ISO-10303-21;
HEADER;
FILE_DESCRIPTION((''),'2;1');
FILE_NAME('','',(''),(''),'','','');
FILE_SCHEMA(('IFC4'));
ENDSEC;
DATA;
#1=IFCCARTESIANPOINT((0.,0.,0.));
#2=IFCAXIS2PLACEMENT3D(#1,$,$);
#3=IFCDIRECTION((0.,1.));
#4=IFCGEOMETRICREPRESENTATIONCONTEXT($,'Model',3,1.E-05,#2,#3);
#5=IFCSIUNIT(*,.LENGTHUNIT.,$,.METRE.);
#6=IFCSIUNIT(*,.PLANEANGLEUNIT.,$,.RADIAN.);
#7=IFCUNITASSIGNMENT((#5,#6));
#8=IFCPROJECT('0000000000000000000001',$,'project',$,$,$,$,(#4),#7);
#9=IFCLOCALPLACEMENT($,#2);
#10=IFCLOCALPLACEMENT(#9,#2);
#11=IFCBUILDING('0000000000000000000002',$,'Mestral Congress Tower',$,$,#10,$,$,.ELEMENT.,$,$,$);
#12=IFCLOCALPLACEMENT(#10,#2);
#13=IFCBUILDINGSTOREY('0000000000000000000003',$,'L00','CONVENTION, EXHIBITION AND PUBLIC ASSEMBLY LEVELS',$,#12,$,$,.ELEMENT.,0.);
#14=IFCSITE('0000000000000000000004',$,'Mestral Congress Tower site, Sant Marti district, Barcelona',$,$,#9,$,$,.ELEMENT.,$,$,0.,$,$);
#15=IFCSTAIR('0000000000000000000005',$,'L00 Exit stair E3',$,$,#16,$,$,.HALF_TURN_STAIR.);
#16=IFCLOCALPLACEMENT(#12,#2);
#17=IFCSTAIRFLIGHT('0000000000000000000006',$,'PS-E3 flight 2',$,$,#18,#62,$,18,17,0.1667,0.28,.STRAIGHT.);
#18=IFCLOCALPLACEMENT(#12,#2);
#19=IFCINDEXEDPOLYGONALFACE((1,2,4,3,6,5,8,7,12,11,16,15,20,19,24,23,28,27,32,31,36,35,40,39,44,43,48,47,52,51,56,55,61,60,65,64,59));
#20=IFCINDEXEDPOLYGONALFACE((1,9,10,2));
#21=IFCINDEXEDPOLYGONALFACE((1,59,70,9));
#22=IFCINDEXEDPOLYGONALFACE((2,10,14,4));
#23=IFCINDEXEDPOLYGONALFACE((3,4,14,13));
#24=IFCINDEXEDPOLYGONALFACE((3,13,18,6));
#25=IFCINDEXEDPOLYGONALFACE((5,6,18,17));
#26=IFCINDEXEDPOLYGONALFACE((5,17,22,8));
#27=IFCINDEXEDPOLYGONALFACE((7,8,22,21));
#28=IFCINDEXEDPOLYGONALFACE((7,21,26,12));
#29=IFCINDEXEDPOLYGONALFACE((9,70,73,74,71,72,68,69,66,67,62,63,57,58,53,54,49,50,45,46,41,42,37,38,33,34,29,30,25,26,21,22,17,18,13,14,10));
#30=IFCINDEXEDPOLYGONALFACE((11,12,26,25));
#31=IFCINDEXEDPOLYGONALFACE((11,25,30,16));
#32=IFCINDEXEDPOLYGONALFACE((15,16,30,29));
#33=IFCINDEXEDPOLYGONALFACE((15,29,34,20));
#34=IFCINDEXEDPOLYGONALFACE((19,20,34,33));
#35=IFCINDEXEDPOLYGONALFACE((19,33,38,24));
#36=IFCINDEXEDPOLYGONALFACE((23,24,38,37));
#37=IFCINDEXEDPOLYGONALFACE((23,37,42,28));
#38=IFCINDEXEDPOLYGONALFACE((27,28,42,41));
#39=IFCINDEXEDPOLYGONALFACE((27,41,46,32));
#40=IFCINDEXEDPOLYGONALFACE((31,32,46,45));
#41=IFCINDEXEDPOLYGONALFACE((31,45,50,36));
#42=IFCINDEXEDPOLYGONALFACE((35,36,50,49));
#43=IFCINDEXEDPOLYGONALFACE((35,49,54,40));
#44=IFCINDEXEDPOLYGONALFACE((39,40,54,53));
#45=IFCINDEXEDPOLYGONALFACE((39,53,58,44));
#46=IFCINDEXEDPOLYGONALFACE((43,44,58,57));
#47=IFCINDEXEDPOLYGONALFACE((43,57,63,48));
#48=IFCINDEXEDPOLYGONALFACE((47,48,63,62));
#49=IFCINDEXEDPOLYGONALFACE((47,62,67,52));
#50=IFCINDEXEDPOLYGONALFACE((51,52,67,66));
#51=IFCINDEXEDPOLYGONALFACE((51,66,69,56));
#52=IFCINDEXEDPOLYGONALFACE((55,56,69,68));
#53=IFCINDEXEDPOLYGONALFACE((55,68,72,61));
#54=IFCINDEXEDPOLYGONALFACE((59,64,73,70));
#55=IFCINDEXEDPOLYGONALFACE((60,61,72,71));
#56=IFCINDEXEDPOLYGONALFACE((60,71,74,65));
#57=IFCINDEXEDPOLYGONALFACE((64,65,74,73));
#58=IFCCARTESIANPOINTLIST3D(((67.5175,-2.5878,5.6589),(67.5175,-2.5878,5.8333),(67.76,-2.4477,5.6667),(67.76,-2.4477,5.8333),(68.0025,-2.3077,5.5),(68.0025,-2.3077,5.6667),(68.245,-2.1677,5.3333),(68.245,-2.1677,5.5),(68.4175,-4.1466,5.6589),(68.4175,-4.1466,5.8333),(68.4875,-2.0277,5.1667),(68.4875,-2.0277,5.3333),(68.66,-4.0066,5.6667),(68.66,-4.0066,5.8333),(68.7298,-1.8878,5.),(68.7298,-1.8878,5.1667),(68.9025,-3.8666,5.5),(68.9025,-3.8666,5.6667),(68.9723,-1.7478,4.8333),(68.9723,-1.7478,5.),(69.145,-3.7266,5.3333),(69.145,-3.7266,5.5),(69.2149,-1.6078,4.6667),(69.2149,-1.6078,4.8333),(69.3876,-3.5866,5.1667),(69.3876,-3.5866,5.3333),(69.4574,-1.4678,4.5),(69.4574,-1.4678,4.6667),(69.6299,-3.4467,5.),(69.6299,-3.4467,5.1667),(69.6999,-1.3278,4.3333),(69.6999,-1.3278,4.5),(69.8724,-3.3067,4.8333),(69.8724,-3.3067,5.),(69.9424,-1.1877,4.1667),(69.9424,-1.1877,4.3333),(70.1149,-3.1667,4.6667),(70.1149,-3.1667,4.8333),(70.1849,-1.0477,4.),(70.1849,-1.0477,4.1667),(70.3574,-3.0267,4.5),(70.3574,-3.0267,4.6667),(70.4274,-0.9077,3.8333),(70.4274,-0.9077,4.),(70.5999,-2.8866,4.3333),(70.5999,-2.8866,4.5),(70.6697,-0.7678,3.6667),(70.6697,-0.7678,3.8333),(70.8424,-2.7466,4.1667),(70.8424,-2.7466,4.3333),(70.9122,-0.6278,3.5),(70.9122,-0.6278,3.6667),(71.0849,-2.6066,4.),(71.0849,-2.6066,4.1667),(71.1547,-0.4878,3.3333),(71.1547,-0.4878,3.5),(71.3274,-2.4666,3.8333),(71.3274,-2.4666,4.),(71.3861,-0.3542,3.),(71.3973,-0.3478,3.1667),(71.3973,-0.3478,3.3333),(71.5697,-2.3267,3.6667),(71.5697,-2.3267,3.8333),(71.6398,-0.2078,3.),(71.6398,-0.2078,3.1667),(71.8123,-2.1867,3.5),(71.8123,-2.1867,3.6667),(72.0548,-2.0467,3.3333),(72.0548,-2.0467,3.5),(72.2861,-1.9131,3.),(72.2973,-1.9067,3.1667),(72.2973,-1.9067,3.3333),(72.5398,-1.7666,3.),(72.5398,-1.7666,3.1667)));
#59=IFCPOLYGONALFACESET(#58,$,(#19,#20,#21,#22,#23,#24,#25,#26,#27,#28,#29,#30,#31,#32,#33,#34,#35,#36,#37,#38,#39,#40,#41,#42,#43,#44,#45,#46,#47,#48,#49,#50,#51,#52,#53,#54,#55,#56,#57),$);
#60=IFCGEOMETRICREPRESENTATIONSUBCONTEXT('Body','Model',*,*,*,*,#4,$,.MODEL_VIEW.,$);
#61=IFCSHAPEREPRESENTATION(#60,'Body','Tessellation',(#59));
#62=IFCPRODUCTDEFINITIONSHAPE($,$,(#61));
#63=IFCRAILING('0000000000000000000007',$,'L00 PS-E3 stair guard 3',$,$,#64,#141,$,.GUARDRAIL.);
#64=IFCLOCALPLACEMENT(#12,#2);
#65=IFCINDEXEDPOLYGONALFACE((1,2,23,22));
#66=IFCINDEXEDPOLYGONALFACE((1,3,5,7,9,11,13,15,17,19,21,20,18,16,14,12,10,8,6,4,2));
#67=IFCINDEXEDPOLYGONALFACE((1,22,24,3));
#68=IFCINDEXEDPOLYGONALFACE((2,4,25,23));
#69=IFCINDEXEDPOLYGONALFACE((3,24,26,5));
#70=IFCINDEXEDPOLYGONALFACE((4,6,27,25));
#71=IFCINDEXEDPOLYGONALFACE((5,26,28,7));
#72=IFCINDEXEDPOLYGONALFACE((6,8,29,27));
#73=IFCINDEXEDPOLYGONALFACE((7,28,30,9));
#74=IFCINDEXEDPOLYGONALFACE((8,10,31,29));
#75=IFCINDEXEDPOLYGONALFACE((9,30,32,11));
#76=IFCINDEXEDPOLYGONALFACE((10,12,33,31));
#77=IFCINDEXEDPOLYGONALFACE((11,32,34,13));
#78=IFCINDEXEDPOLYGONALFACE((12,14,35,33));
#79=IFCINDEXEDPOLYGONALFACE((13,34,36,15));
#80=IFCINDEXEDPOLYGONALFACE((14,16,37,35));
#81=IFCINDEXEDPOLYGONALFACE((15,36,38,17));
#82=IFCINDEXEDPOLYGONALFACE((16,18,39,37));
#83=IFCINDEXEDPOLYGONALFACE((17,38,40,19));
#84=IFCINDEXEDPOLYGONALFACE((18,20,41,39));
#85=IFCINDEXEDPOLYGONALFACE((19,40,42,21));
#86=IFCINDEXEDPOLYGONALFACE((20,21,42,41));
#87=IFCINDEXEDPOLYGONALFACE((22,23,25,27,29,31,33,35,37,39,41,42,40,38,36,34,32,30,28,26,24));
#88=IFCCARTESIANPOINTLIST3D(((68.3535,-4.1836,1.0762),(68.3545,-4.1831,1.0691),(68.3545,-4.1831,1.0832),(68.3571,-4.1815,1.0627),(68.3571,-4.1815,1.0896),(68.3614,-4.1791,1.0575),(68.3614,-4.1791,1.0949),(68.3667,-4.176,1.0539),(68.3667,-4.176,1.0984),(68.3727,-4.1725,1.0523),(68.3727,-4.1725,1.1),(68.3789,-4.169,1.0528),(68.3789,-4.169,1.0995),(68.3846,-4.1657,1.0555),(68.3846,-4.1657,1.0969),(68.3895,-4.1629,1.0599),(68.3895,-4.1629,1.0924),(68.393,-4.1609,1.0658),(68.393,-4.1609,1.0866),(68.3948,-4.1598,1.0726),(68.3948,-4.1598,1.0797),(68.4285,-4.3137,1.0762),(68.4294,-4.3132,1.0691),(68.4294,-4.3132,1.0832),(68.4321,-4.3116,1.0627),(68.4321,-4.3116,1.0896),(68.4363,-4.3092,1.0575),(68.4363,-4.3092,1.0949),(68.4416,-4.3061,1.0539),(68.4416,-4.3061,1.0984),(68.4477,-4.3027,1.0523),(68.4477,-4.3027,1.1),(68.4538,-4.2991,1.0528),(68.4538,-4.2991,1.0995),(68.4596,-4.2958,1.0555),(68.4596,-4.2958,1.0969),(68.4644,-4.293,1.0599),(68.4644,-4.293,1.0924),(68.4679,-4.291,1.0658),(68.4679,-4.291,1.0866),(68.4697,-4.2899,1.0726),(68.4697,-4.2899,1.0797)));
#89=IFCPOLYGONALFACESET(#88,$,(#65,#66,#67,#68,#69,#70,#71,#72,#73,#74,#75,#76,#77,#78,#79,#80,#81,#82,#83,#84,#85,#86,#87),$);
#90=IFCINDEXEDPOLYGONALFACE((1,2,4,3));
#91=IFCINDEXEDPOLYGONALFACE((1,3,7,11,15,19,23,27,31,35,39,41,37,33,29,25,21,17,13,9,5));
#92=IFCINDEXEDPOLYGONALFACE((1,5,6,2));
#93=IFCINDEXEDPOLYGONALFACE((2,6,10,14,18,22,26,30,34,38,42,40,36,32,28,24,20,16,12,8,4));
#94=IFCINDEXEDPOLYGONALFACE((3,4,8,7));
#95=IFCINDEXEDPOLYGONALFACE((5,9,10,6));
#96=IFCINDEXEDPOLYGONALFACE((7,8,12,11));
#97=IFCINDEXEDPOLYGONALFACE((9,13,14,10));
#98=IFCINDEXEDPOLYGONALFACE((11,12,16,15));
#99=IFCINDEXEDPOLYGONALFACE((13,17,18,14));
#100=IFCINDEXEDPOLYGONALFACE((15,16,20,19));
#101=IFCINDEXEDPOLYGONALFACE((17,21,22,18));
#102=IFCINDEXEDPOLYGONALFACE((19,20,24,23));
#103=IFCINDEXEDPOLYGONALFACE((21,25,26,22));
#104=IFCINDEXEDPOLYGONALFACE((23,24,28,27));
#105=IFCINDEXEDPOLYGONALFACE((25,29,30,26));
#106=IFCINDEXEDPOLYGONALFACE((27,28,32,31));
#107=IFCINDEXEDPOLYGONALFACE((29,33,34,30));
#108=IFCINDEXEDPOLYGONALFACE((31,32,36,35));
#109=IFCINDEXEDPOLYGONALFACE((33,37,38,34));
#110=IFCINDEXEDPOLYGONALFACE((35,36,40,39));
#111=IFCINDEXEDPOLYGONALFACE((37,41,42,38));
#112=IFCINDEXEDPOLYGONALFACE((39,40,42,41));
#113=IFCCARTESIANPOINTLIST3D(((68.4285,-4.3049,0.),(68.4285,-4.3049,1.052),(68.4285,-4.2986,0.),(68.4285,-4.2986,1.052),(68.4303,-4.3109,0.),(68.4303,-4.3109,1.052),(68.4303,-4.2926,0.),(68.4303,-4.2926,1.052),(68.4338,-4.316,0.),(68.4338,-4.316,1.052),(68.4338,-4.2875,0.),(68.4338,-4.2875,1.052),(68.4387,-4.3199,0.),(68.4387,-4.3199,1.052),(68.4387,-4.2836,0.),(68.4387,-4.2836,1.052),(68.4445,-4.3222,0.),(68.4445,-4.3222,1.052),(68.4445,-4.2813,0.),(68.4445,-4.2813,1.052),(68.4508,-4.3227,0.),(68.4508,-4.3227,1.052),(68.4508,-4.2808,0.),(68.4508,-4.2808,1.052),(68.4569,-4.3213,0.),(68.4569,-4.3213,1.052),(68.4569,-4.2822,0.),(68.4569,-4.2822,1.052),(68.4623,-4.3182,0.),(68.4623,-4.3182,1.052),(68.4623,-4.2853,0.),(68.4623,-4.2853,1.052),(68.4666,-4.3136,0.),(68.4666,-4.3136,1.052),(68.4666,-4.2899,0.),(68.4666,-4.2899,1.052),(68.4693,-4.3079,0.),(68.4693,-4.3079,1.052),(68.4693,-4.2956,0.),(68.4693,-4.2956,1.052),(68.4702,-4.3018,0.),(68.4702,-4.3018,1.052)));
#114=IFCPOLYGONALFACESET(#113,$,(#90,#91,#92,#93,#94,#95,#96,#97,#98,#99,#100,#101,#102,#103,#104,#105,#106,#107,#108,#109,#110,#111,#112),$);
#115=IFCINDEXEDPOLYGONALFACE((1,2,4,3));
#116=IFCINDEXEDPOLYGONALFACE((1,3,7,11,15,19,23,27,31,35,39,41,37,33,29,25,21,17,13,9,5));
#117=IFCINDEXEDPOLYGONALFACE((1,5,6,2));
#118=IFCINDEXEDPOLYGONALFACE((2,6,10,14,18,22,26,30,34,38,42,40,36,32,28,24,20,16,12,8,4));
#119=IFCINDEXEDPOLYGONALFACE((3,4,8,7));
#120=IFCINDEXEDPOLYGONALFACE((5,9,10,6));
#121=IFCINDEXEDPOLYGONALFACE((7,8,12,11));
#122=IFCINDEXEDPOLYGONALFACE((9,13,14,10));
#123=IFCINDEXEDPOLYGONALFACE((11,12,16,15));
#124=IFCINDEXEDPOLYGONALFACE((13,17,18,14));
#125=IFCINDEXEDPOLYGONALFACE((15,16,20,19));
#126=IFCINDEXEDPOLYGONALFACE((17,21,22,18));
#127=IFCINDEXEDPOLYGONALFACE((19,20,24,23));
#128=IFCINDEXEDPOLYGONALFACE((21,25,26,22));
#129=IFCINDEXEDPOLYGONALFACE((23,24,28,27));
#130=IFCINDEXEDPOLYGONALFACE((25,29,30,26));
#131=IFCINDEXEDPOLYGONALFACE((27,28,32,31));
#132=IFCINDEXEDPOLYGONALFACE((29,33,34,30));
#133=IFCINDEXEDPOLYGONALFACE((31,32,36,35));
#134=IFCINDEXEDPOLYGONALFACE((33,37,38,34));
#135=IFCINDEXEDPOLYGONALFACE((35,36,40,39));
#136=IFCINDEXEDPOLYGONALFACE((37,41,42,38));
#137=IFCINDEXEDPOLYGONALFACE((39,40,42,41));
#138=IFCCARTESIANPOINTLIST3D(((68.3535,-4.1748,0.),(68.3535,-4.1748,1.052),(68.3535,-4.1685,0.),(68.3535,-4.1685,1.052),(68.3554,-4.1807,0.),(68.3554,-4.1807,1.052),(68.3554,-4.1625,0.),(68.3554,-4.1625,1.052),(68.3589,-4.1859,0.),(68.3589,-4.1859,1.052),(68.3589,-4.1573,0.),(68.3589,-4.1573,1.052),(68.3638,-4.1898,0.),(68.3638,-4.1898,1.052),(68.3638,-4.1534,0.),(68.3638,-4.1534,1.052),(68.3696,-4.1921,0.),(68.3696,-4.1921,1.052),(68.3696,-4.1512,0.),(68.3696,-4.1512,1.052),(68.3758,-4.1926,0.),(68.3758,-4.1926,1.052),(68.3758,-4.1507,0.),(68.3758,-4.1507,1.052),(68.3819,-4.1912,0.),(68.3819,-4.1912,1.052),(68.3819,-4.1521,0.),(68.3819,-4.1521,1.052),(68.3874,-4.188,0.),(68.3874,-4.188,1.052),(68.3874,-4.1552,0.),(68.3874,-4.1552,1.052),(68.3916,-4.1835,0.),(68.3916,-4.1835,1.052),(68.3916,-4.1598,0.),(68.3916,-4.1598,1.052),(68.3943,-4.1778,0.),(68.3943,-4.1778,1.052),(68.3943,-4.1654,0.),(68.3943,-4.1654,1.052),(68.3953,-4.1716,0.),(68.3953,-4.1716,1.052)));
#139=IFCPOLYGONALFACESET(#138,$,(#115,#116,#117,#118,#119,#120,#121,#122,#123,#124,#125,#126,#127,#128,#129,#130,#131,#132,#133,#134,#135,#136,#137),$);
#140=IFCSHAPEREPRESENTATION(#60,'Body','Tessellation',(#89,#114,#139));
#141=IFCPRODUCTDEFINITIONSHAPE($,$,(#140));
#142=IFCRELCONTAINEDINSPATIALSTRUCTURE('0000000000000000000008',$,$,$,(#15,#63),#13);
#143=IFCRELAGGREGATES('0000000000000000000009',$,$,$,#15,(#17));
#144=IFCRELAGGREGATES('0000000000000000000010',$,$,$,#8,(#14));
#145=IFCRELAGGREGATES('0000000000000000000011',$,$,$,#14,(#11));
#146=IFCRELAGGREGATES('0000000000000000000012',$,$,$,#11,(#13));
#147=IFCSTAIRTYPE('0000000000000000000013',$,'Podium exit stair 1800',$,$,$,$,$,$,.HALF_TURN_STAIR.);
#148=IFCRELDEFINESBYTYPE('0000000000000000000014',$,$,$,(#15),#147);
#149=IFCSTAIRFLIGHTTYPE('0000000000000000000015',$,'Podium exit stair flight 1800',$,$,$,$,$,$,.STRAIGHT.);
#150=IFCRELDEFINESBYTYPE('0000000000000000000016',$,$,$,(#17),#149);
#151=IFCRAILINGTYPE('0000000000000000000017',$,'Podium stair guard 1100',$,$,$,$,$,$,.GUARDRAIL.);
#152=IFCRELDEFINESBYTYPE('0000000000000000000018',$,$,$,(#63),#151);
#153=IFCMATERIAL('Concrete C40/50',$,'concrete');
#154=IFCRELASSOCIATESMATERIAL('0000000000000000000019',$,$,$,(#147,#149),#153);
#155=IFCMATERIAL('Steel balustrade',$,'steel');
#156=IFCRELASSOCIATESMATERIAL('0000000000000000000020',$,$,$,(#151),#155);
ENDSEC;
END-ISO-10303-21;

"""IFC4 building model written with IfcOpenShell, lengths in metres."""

from ifc_helpers import new_model, si_unit, direction, frame, origin, origin_2d, place, context, subcontext, project, spatial, polyline, circle, outline, extrude, material, type_object, element, aggregate, save


model = new_model("IFC4")

# Units and contexts
model_context = context("Model", 3, precision=1e-05, world=origin(), true_north=direction((0.0, 1.0)))
body_context = subcontext(model_context, "Body", "Model", "MODEL_VIEW")
ifc_project = project(units=[si_unit("LENGTHUNIT", "METRE"), si_unit("PLANEANGLEUNIT", "RADIAN")], contexts=[model_context])

# Site, building, storey
site_placement = place(None, origin())
site = spatial("IfcSite", under=ifc_project, at=site_placement, Name="Mestral Congress Tower site, Sant Marti district, Barcelona", CompositionType="ELEMENT", RefElevation=0.0)
building_placement = place(site_placement, origin())
building = spatial("IfcBuilding", under=site, at=building_placement, Name="Mestral Congress Tower", CompositionType="ELEMENT")
storey_placement = place(building_placement, origin())
storey = spatial("IfcBuildingStorey", under=building, at=storey_placement, Name="L00", Description="CONVENTION, EXHIBITION AND PUBLIC ASSEMBLY LEVELS", CompositionType="ELEMENT", Elevation=0.0)

# Stair, stair flight
ifc_material_1 = material(Name="Concrete C40/50", Category="concrete")
stair_type = type_object("IfcStairType", Name="Podium exit stair 1800", PredefinedType="HALF_TURN_STAIR", material=ifc_material_1)
stair_placement = place(storey_placement, origin())
stair = element("IfcStair", 1, at=stair_placement, inside=storey, type_object=stair_type, Name="L00 Exit stair E3", PredefinedType="HALF_TURN_STAIR")
stair_flight_type = type_object("IfcStairFlightType", Name="Podium exit stair flight 1800", PredefinedType="STRAIGHT", material=ifc_material_1)
stair_flight_1_placement = place(storey_placement, frame((72.0898, -0.9873, 3.0), z_axis=(0.0, 0.0, 1.0), x_axis=(-0.866025, -0.5, 0.0)))
stair_flight_1 = element("IfcStairFlight", 2, at=stair_flight_1_placement, type_object=stair_flight_type, Name="PS-E3 flight 2", NumberOfRisers=18, NumberOfTreads=17, PredefinedType="STRAIGHT", RiserHeight=0.1667, TreadLength=0.28, context=body_context, shape_type="SweptSolid", body=[
    extrude(outline(polyline([(0.0, 0.0), (0.0, 0.1667), (0.28, 0.1667), (0.28, 0.3333), (0.5601, 0.3333), (0.5601, 0.5), (0.8401, 0.5), (0.8401, 0.6667), (1.1201, 0.6667), (1.1201, 0.8333), (1.3999, 0.8333), (1.3999, 1.0), (1.6799, 1.0), (1.6799, 1.1667), (1.96, 1.1667), (1.96, 1.3333), (2.24, 1.3333), (2.24, 1.5), (2.52, 1.5), (2.52, 1.6667), (2.8, 1.6667), (2.8, 1.8333), (3.0801, 1.8333), (3.0801, 2.0), (3.3601, 2.0), (3.3601, 2.1667), (3.6399, 2.1667), (3.6399, 2.3333), (3.9199, 2.3333), (3.9199, 2.5), (4.2, 2.5), (4.2, 2.6667), (4.48, 2.6667), (4.48, 2.8333), (4.76, 2.8333), (4.76, 3.0), (4.76, 2.6589), (0.293, 0.0), (0.0, 0.0)])), frame((0.0, 0.8999, 0.0), z_axis=(0.0, -1.0, 0.0), x_axis=(1.0, 0.0, 0.0)), (0.0, 0.0, 1.0), 1.8),
])
aggregate(stair, [stair_flight_1])

# Railing
ifc_material_2 = material(Name="Steel balustrade", Category="steel")
railing_type_1 = type_object("IfcRailingType", Name="Podium stair guard 1100", PredefinedType="GUARDRAIL", material=ifc_material_2)
railing_1_placement = place(storey_placement, frame((68.4492, -4.3018, 0.0)))
element("IfcRailing", 3, at=railing_1_placement, inside=storey, type_object=railing_type_1, Name="L00 PS-E3 stair guard 3", PredefinedType="GUARDRAIL", context=body_context, shape_type="SweptSolid", body=[
    extrude(circle(Radius=0.0239, at=origin_2d()), frame((0.0, 0.0, 1.0762), z_axis=(-0.499112, 0.866537, 0.0), x_axis=(-0.866537, -0.499112, 0.0)), (0.0, 0.0, 1.0), 0.1501),
    extrude(circle(Radius=0.021, at=origin_2d()), origin(), (0.0, 0.0, 1.0), 1.052),
    extrude(circle(Radius=0.021, at=origin_2d()), frame((-0.075, 0.1301, 0.0)), (0.0, 0.0, 1.0), 1.052),
])

save(model, "model.ifc")
